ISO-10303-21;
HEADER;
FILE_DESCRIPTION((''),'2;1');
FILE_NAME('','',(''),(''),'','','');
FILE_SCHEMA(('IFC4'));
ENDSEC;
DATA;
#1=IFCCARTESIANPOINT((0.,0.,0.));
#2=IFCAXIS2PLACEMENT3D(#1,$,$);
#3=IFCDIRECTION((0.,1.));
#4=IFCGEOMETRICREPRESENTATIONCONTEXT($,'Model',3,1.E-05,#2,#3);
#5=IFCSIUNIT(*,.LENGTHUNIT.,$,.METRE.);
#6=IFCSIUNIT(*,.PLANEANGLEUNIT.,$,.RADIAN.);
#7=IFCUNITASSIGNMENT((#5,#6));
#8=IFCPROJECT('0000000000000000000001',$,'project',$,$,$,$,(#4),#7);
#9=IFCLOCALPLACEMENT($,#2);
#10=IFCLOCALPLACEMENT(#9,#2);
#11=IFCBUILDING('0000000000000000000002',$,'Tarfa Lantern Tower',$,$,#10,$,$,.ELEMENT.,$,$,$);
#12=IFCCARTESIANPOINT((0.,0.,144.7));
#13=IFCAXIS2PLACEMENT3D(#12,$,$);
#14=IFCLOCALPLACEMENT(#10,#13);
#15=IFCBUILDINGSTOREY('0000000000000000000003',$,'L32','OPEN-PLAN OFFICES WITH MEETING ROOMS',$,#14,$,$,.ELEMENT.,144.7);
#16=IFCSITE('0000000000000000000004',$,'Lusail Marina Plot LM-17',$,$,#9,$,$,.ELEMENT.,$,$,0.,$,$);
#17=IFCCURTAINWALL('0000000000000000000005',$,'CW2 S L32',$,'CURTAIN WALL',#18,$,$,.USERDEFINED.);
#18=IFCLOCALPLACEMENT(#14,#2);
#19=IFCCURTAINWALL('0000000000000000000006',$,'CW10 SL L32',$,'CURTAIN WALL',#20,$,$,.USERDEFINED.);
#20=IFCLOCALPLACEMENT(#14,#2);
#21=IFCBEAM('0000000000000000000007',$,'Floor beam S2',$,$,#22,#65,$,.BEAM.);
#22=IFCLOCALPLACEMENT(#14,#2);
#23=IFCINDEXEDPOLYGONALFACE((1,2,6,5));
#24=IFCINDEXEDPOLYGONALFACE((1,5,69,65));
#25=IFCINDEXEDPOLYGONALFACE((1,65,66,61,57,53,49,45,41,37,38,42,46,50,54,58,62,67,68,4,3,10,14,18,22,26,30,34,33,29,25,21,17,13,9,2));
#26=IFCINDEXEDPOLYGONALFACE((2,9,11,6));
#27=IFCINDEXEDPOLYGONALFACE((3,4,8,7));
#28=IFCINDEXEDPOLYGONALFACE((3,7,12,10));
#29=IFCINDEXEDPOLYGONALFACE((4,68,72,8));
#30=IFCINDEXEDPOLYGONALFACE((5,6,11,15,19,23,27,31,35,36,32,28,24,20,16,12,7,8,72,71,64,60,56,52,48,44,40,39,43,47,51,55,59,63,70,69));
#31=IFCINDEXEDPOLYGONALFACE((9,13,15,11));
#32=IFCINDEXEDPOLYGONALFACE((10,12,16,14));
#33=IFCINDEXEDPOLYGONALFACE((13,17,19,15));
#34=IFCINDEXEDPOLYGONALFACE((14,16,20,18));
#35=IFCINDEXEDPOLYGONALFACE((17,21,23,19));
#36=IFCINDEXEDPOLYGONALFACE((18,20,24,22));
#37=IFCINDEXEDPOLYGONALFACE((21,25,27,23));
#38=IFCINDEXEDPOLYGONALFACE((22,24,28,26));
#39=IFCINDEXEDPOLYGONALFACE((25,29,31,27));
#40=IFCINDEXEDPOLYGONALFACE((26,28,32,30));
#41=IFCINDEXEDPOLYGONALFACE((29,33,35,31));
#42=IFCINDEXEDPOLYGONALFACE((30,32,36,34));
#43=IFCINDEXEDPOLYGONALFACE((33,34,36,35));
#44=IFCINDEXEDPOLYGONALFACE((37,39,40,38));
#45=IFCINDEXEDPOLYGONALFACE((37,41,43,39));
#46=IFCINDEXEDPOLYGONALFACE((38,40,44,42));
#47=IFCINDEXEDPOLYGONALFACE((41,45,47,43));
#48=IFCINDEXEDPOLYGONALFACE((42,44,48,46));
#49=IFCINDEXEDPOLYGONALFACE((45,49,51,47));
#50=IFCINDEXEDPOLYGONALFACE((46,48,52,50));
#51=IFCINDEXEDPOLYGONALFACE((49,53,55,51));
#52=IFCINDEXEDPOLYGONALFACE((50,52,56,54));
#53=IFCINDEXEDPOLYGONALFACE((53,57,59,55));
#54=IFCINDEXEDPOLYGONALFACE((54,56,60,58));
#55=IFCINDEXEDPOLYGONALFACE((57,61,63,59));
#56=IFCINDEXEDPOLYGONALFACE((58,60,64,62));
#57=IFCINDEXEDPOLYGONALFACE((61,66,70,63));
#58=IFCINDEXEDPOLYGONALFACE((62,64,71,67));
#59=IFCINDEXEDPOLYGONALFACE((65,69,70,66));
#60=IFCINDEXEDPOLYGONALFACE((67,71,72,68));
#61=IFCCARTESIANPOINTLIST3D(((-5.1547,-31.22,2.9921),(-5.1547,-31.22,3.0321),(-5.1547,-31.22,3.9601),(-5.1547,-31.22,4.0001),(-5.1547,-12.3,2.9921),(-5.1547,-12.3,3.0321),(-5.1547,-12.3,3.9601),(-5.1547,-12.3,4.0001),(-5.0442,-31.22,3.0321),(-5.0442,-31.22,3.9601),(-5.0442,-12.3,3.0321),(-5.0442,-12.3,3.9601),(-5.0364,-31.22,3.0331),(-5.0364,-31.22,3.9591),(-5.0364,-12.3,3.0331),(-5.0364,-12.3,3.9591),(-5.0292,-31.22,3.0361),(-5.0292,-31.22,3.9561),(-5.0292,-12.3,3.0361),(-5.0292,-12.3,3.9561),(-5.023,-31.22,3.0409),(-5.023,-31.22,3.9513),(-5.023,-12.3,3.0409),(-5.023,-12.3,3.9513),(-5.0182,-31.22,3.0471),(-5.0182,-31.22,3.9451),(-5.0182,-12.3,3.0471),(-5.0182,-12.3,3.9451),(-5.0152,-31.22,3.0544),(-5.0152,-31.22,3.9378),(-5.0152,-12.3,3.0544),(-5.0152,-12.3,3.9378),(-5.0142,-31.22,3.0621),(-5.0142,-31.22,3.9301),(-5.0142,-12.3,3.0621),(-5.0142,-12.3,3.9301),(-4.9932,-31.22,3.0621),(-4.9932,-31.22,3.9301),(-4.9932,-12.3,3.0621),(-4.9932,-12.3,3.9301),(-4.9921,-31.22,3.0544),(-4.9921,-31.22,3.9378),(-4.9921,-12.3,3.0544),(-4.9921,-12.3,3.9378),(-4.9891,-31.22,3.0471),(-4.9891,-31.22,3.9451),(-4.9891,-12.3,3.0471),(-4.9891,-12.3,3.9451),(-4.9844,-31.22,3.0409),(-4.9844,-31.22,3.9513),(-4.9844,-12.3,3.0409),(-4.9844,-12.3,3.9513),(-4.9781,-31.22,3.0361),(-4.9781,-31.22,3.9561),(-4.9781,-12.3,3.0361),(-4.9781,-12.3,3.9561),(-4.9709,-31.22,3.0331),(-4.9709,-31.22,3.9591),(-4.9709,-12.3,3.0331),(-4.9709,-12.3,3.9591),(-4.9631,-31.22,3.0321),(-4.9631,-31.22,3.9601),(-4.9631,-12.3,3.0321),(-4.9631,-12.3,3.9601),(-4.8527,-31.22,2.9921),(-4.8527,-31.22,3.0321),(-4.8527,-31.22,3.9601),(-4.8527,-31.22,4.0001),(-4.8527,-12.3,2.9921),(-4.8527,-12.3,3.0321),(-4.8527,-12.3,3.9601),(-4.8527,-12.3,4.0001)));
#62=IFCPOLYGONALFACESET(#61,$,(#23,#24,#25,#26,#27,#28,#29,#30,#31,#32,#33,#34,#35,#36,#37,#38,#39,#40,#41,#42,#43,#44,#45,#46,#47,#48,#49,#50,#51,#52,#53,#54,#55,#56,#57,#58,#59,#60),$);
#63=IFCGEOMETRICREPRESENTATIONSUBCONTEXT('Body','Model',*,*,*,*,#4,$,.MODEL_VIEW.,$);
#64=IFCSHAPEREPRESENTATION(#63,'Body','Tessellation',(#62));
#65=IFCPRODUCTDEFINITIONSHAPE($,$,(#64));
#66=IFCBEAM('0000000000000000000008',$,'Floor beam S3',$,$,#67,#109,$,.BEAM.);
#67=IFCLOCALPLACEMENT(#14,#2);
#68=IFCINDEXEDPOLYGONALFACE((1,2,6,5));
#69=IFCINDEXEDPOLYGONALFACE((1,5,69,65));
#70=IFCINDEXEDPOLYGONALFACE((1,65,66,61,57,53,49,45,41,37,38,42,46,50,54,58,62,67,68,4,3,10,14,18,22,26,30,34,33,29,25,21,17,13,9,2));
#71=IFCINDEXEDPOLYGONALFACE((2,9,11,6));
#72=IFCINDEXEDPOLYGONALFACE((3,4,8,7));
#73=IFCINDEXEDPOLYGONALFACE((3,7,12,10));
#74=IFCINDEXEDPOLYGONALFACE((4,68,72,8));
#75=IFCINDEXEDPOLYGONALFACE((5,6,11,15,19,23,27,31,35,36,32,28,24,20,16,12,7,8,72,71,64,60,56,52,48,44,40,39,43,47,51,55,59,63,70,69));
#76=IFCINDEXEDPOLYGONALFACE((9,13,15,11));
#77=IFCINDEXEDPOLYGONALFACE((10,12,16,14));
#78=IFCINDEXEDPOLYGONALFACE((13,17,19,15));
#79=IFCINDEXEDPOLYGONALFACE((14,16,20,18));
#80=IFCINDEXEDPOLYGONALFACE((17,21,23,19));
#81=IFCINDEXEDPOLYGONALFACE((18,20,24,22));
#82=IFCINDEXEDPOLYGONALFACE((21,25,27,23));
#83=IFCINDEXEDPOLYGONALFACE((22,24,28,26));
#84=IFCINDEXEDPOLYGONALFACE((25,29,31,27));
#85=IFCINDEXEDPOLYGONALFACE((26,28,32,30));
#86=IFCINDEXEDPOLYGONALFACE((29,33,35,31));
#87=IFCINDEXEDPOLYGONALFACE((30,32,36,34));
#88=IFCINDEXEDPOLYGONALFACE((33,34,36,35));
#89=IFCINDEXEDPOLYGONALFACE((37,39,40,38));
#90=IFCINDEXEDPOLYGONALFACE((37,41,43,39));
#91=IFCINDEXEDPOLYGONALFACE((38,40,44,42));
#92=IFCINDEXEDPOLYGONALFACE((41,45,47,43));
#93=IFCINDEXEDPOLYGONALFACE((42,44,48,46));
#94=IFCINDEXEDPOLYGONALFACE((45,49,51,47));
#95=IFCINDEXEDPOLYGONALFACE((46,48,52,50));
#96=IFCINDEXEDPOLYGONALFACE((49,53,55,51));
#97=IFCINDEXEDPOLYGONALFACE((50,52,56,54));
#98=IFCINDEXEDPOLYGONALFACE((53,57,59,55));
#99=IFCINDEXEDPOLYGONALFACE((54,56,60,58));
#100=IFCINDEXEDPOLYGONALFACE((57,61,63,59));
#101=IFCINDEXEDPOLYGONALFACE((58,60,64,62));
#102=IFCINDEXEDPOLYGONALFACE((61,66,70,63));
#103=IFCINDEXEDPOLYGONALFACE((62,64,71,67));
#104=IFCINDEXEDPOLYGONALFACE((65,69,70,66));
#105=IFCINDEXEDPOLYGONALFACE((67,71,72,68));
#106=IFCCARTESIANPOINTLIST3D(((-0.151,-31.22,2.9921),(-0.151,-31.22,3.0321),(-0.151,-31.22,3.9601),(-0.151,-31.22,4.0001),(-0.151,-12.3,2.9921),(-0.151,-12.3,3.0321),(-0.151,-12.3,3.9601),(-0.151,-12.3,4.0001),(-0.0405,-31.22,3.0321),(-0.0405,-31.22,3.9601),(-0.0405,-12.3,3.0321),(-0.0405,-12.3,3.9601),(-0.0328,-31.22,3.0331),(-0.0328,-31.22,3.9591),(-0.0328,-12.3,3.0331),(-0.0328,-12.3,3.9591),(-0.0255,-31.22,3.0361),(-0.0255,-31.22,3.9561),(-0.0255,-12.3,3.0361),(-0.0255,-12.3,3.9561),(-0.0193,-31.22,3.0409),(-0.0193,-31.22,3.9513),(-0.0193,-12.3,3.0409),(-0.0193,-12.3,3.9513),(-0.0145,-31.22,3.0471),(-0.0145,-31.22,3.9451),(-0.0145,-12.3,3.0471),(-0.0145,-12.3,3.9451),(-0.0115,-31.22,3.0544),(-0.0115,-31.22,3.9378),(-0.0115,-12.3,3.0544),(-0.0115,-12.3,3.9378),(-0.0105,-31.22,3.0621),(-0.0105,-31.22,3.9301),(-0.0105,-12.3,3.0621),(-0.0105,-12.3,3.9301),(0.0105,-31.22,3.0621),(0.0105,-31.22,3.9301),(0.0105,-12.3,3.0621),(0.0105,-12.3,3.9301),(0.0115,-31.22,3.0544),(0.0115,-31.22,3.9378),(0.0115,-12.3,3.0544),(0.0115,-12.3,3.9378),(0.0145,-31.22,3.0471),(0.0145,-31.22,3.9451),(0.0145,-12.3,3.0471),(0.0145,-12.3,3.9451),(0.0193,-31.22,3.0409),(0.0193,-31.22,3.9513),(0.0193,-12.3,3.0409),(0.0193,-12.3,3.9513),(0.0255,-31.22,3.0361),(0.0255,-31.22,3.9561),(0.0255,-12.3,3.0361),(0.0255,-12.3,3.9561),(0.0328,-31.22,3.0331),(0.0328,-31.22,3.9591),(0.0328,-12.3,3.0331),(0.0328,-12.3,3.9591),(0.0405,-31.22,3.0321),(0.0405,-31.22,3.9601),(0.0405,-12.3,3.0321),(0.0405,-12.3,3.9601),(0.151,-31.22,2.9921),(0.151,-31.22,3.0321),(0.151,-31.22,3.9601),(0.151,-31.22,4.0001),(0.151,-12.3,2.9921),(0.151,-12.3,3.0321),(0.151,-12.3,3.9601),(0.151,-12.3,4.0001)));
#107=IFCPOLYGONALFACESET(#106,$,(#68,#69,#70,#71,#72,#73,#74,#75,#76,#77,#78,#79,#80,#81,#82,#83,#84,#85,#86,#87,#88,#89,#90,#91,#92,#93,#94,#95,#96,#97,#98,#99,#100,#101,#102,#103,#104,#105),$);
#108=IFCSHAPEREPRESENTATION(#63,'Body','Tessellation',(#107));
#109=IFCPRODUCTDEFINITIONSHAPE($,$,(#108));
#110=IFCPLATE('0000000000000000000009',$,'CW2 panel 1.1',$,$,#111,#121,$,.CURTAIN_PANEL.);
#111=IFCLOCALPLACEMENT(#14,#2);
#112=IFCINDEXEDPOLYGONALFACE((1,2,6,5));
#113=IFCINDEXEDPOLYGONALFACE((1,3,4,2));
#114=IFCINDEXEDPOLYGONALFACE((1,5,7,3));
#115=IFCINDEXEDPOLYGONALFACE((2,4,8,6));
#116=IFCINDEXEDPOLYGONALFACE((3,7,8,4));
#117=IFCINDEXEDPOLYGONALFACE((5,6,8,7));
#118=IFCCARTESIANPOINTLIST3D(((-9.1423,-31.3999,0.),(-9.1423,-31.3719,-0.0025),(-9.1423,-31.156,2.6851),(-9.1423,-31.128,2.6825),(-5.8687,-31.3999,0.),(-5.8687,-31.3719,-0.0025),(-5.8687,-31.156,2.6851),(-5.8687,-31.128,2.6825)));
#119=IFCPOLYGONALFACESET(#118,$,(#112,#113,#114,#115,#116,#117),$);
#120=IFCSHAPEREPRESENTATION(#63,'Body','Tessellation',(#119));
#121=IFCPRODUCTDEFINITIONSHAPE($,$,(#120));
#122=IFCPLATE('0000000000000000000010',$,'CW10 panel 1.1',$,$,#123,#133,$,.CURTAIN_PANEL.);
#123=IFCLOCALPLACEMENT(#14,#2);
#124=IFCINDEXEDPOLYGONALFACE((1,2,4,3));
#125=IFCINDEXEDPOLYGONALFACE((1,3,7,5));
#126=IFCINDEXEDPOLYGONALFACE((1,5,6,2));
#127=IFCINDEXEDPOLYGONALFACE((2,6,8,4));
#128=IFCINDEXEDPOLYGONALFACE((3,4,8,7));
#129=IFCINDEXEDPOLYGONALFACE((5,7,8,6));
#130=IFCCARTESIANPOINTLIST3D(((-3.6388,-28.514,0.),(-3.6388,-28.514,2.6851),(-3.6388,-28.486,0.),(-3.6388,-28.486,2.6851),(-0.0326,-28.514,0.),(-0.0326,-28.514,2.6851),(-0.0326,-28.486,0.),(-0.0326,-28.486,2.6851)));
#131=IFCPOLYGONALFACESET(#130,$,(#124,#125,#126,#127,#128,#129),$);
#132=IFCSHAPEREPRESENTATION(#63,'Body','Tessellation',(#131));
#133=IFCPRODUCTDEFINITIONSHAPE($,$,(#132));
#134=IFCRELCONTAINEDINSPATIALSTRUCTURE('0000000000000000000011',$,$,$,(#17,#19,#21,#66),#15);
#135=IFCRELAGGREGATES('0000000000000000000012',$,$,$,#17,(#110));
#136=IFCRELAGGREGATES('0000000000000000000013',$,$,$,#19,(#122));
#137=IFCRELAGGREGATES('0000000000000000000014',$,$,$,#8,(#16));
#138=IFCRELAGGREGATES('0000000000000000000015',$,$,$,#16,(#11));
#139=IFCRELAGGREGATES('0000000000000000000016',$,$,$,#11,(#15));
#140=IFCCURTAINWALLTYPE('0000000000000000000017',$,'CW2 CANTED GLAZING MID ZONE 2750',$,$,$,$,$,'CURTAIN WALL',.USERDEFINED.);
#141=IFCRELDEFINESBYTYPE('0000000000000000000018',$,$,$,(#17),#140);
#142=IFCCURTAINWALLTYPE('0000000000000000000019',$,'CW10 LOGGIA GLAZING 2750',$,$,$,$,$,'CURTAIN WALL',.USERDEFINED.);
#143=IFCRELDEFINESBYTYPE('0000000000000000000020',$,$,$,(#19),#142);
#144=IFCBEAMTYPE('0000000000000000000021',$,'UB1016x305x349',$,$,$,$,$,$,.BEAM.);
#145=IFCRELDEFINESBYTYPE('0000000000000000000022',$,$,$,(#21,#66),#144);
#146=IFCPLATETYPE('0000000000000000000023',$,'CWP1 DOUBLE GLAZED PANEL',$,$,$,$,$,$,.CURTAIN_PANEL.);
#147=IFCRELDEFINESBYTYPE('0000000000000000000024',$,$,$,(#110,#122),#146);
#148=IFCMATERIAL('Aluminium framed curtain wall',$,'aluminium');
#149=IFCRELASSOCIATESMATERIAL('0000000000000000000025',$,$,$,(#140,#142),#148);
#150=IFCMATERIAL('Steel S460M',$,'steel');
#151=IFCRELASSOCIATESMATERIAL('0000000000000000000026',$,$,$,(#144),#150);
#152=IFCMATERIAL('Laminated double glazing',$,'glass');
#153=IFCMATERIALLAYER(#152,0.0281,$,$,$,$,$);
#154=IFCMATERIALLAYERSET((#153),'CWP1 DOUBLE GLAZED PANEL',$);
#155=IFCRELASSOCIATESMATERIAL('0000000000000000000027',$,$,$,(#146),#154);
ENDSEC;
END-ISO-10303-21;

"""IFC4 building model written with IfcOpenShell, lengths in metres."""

from ifc_helpers import new_model, si_unit, direction, frame, origin, origin_2d, place, context, subcontext, project, spatial, polyline, rectangle, i_section, outline, extrude, material, layer, layer_set, material_profile, profile_set, type_object, element, aggregate, save


model = new_model("IFC4")

# Units and contexts
model_context = context("Model", 3, precision=1e-05, world=origin(), true_north=direction((0.0, 1.0)))
body_context = subcontext(model_context, "Body", "Model", "MODEL_VIEW")
ifc_project = project(units=[si_unit("LENGTHUNIT", "METRE"), si_unit("PLANEANGLEUNIT", "RADIAN")], contexts=[model_context])

# Site, building, storey
site_placement = place(None, origin())
site = spatial("IfcSite", under=ifc_project, at=site_placement, Name="Lusail Marina Plot LM-17", CompositionType="ELEMENT", RefElevation=0.0)
building_placement = place(site_placement, origin())
building = spatial("IfcBuilding", under=site, at=building_placement, Name="Tarfa Lantern Tower", CompositionType="ELEMENT")
storey_placement = place(building_placement, frame((0.0, 0.0, 144.7)))
storey = spatial("IfcBuildingStorey", under=building, at=storey_placement, Name="L32", Description="OPEN-PLAN OFFICES WITH MEETING ROOMS", CompositionType="ELEMENT", Elevation=144.7)

# Curtain walls
ifc_material_1 = material(Name="Aluminium framed curtain wall", Category="aluminium")
curtain_wall_type_1 = type_object("IfcCurtainWallType", Name="CW2 CANTED GLAZING MID ZONE 2750", ElementType="CURTAIN WALL", PredefinedType="USERDEFINED", material=ifc_material_1)
curtain_wall_1_placement = place(storey_placement, origin())
curtain_wall_1 = element("IfcCurtainWall", 1, at=curtain_wall_1_placement, inside=storey, type_object=curtain_wall_type_1, Name="CW2 S L32", ObjectType="CURTAIN WALL", PredefinedType="USERDEFINED")
curtain_wall_type_2 = type_object("IfcCurtainWallType", Name="CW10 LOGGIA GLAZING 2750", ElementType="CURTAIN WALL", PredefinedType="USERDEFINED", material=ifc_material_1)
curtain_wall_2_placement = place(storey_placement, origin())
curtain_wall_2 = element("IfcCurtainWall", 2, at=curtain_wall_2_placement, inside=storey, type_object=curtain_wall_type_2, Name="CW10 SL L32", ObjectType="CURTAIN WALL", PredefinedType="USERDEFINED")

# Beams
ifc_material_2 = material(Name="Steel S460M", Category="steel")
ifc_material_profile_1 = material_profile(ifc_material_2, i_section(OverallWidth=0.302, OverallDepth=1.0081, WebThickness=0.021, FlangeThickness=0.04, FilletRadius=0.03, at=origin_2d()), Name="UB1016x305x349")
ifc_profile_set_1 = profile_set([ifc_material_profile_1], Name="Steel S460M")
beam_type_1 = type_object("IfcBeamType", Name="UB1016x305x349", PredefinedType="BEAM", material=ifc_profile_set_1)
for number, where, z_axis, x_axis, name in (
    (3, (-5.0037, -31.22, 3.4961), (0.0, 1.0, 0.0), (-1.0, 0.0, 0.0), "Floor beam S2"),
    (4, (0.0, -31.22, 3.4961), (0.0, 1.0, 0.0), (-1.0, 0.0, 0.0), "Floor beam S3"),
):
    element("IfcBeam", number, at=place(storey_placement, frame(where, z_axis=z_axis, x_axis=x_axis)), inside=storey, type_object=beam_type_1, Name=name, PredefinedType="BEAM", context=body_context, shape_type="SweptSolid", body=[
        extrude(i_section(OverallWidth=0.302, OverallDepth=1.0081, WebThickness=0.021, FlangeThickness=0.04, FilletRadius=0.03, at=origin_2d()), origin(), (0.0, 0.0, 1.0), 18.9199),
    ])

# Plates
ifc_material_3 = material(Name="Laminated double glazing", Category="glass")
ifc_layer_1 = layer(ifc_material_3, 0.0281)
ifc_layer_set_1 = layer_set([ifc_layer_1], Name="CWP1 DOUBLE GLAZED PANEL")
plate_type_1 = type_object("IfcPlateType", Name="CWP1 DOUBLE GLAZED PANEL", PredefinedType="CURTAIN_PANEL", material=ifc_layer_set_1)
plate_1_placement = place(storey_placement, frame((-9.1423, -31.3999, 0.0), z_axis=(0.0, -0.9959, 0.090462), x_axis=(1.0, 0.0, 0.0)))
plate_1 = element("IfcPlate", 5, at=plate_1_placement, type_object=plate_type_1, Name="CW2 panel 1.1", PredefinedType="CURTAIN_PANEL", context=body_context, shape_type="SweptSolid", body=[
    extrude(outline(polyline([(0.0, 0.0), (3.2737, 0.0), (3.2737, 2.6961), (0.0, 2.6961), (0.0, 0.0)])), origin(), (0.0, 0.0, -1.0), 0.0281),
])
aggregate(curtain_wall_1, [plate_1])
plate_2_placement = place(storey_placement, frame((-1.8357, -28.5, 0.0), z_axis=(0.0, 0.0, 1.0), x_axis=(1.0, 0.0, 0.0)))
plate_2 = element("IfcPlate", 6, at=plate_2_placement, type_object=plate_type_1, Name="CW10 panel 1.1", PredefinedType="CURTAIN_PANEL", context=body_context, shape_type="SweptSolid", body=[
    extrude(rectangle(XDim=3.6062, YDim=0.0281, at=origin_2d()), origin(), (0.0, 0.0, 1.0), 2.6851),
])
aggregate(curtain_wall_2, [plate_2])

save(model, "model.ifc")
